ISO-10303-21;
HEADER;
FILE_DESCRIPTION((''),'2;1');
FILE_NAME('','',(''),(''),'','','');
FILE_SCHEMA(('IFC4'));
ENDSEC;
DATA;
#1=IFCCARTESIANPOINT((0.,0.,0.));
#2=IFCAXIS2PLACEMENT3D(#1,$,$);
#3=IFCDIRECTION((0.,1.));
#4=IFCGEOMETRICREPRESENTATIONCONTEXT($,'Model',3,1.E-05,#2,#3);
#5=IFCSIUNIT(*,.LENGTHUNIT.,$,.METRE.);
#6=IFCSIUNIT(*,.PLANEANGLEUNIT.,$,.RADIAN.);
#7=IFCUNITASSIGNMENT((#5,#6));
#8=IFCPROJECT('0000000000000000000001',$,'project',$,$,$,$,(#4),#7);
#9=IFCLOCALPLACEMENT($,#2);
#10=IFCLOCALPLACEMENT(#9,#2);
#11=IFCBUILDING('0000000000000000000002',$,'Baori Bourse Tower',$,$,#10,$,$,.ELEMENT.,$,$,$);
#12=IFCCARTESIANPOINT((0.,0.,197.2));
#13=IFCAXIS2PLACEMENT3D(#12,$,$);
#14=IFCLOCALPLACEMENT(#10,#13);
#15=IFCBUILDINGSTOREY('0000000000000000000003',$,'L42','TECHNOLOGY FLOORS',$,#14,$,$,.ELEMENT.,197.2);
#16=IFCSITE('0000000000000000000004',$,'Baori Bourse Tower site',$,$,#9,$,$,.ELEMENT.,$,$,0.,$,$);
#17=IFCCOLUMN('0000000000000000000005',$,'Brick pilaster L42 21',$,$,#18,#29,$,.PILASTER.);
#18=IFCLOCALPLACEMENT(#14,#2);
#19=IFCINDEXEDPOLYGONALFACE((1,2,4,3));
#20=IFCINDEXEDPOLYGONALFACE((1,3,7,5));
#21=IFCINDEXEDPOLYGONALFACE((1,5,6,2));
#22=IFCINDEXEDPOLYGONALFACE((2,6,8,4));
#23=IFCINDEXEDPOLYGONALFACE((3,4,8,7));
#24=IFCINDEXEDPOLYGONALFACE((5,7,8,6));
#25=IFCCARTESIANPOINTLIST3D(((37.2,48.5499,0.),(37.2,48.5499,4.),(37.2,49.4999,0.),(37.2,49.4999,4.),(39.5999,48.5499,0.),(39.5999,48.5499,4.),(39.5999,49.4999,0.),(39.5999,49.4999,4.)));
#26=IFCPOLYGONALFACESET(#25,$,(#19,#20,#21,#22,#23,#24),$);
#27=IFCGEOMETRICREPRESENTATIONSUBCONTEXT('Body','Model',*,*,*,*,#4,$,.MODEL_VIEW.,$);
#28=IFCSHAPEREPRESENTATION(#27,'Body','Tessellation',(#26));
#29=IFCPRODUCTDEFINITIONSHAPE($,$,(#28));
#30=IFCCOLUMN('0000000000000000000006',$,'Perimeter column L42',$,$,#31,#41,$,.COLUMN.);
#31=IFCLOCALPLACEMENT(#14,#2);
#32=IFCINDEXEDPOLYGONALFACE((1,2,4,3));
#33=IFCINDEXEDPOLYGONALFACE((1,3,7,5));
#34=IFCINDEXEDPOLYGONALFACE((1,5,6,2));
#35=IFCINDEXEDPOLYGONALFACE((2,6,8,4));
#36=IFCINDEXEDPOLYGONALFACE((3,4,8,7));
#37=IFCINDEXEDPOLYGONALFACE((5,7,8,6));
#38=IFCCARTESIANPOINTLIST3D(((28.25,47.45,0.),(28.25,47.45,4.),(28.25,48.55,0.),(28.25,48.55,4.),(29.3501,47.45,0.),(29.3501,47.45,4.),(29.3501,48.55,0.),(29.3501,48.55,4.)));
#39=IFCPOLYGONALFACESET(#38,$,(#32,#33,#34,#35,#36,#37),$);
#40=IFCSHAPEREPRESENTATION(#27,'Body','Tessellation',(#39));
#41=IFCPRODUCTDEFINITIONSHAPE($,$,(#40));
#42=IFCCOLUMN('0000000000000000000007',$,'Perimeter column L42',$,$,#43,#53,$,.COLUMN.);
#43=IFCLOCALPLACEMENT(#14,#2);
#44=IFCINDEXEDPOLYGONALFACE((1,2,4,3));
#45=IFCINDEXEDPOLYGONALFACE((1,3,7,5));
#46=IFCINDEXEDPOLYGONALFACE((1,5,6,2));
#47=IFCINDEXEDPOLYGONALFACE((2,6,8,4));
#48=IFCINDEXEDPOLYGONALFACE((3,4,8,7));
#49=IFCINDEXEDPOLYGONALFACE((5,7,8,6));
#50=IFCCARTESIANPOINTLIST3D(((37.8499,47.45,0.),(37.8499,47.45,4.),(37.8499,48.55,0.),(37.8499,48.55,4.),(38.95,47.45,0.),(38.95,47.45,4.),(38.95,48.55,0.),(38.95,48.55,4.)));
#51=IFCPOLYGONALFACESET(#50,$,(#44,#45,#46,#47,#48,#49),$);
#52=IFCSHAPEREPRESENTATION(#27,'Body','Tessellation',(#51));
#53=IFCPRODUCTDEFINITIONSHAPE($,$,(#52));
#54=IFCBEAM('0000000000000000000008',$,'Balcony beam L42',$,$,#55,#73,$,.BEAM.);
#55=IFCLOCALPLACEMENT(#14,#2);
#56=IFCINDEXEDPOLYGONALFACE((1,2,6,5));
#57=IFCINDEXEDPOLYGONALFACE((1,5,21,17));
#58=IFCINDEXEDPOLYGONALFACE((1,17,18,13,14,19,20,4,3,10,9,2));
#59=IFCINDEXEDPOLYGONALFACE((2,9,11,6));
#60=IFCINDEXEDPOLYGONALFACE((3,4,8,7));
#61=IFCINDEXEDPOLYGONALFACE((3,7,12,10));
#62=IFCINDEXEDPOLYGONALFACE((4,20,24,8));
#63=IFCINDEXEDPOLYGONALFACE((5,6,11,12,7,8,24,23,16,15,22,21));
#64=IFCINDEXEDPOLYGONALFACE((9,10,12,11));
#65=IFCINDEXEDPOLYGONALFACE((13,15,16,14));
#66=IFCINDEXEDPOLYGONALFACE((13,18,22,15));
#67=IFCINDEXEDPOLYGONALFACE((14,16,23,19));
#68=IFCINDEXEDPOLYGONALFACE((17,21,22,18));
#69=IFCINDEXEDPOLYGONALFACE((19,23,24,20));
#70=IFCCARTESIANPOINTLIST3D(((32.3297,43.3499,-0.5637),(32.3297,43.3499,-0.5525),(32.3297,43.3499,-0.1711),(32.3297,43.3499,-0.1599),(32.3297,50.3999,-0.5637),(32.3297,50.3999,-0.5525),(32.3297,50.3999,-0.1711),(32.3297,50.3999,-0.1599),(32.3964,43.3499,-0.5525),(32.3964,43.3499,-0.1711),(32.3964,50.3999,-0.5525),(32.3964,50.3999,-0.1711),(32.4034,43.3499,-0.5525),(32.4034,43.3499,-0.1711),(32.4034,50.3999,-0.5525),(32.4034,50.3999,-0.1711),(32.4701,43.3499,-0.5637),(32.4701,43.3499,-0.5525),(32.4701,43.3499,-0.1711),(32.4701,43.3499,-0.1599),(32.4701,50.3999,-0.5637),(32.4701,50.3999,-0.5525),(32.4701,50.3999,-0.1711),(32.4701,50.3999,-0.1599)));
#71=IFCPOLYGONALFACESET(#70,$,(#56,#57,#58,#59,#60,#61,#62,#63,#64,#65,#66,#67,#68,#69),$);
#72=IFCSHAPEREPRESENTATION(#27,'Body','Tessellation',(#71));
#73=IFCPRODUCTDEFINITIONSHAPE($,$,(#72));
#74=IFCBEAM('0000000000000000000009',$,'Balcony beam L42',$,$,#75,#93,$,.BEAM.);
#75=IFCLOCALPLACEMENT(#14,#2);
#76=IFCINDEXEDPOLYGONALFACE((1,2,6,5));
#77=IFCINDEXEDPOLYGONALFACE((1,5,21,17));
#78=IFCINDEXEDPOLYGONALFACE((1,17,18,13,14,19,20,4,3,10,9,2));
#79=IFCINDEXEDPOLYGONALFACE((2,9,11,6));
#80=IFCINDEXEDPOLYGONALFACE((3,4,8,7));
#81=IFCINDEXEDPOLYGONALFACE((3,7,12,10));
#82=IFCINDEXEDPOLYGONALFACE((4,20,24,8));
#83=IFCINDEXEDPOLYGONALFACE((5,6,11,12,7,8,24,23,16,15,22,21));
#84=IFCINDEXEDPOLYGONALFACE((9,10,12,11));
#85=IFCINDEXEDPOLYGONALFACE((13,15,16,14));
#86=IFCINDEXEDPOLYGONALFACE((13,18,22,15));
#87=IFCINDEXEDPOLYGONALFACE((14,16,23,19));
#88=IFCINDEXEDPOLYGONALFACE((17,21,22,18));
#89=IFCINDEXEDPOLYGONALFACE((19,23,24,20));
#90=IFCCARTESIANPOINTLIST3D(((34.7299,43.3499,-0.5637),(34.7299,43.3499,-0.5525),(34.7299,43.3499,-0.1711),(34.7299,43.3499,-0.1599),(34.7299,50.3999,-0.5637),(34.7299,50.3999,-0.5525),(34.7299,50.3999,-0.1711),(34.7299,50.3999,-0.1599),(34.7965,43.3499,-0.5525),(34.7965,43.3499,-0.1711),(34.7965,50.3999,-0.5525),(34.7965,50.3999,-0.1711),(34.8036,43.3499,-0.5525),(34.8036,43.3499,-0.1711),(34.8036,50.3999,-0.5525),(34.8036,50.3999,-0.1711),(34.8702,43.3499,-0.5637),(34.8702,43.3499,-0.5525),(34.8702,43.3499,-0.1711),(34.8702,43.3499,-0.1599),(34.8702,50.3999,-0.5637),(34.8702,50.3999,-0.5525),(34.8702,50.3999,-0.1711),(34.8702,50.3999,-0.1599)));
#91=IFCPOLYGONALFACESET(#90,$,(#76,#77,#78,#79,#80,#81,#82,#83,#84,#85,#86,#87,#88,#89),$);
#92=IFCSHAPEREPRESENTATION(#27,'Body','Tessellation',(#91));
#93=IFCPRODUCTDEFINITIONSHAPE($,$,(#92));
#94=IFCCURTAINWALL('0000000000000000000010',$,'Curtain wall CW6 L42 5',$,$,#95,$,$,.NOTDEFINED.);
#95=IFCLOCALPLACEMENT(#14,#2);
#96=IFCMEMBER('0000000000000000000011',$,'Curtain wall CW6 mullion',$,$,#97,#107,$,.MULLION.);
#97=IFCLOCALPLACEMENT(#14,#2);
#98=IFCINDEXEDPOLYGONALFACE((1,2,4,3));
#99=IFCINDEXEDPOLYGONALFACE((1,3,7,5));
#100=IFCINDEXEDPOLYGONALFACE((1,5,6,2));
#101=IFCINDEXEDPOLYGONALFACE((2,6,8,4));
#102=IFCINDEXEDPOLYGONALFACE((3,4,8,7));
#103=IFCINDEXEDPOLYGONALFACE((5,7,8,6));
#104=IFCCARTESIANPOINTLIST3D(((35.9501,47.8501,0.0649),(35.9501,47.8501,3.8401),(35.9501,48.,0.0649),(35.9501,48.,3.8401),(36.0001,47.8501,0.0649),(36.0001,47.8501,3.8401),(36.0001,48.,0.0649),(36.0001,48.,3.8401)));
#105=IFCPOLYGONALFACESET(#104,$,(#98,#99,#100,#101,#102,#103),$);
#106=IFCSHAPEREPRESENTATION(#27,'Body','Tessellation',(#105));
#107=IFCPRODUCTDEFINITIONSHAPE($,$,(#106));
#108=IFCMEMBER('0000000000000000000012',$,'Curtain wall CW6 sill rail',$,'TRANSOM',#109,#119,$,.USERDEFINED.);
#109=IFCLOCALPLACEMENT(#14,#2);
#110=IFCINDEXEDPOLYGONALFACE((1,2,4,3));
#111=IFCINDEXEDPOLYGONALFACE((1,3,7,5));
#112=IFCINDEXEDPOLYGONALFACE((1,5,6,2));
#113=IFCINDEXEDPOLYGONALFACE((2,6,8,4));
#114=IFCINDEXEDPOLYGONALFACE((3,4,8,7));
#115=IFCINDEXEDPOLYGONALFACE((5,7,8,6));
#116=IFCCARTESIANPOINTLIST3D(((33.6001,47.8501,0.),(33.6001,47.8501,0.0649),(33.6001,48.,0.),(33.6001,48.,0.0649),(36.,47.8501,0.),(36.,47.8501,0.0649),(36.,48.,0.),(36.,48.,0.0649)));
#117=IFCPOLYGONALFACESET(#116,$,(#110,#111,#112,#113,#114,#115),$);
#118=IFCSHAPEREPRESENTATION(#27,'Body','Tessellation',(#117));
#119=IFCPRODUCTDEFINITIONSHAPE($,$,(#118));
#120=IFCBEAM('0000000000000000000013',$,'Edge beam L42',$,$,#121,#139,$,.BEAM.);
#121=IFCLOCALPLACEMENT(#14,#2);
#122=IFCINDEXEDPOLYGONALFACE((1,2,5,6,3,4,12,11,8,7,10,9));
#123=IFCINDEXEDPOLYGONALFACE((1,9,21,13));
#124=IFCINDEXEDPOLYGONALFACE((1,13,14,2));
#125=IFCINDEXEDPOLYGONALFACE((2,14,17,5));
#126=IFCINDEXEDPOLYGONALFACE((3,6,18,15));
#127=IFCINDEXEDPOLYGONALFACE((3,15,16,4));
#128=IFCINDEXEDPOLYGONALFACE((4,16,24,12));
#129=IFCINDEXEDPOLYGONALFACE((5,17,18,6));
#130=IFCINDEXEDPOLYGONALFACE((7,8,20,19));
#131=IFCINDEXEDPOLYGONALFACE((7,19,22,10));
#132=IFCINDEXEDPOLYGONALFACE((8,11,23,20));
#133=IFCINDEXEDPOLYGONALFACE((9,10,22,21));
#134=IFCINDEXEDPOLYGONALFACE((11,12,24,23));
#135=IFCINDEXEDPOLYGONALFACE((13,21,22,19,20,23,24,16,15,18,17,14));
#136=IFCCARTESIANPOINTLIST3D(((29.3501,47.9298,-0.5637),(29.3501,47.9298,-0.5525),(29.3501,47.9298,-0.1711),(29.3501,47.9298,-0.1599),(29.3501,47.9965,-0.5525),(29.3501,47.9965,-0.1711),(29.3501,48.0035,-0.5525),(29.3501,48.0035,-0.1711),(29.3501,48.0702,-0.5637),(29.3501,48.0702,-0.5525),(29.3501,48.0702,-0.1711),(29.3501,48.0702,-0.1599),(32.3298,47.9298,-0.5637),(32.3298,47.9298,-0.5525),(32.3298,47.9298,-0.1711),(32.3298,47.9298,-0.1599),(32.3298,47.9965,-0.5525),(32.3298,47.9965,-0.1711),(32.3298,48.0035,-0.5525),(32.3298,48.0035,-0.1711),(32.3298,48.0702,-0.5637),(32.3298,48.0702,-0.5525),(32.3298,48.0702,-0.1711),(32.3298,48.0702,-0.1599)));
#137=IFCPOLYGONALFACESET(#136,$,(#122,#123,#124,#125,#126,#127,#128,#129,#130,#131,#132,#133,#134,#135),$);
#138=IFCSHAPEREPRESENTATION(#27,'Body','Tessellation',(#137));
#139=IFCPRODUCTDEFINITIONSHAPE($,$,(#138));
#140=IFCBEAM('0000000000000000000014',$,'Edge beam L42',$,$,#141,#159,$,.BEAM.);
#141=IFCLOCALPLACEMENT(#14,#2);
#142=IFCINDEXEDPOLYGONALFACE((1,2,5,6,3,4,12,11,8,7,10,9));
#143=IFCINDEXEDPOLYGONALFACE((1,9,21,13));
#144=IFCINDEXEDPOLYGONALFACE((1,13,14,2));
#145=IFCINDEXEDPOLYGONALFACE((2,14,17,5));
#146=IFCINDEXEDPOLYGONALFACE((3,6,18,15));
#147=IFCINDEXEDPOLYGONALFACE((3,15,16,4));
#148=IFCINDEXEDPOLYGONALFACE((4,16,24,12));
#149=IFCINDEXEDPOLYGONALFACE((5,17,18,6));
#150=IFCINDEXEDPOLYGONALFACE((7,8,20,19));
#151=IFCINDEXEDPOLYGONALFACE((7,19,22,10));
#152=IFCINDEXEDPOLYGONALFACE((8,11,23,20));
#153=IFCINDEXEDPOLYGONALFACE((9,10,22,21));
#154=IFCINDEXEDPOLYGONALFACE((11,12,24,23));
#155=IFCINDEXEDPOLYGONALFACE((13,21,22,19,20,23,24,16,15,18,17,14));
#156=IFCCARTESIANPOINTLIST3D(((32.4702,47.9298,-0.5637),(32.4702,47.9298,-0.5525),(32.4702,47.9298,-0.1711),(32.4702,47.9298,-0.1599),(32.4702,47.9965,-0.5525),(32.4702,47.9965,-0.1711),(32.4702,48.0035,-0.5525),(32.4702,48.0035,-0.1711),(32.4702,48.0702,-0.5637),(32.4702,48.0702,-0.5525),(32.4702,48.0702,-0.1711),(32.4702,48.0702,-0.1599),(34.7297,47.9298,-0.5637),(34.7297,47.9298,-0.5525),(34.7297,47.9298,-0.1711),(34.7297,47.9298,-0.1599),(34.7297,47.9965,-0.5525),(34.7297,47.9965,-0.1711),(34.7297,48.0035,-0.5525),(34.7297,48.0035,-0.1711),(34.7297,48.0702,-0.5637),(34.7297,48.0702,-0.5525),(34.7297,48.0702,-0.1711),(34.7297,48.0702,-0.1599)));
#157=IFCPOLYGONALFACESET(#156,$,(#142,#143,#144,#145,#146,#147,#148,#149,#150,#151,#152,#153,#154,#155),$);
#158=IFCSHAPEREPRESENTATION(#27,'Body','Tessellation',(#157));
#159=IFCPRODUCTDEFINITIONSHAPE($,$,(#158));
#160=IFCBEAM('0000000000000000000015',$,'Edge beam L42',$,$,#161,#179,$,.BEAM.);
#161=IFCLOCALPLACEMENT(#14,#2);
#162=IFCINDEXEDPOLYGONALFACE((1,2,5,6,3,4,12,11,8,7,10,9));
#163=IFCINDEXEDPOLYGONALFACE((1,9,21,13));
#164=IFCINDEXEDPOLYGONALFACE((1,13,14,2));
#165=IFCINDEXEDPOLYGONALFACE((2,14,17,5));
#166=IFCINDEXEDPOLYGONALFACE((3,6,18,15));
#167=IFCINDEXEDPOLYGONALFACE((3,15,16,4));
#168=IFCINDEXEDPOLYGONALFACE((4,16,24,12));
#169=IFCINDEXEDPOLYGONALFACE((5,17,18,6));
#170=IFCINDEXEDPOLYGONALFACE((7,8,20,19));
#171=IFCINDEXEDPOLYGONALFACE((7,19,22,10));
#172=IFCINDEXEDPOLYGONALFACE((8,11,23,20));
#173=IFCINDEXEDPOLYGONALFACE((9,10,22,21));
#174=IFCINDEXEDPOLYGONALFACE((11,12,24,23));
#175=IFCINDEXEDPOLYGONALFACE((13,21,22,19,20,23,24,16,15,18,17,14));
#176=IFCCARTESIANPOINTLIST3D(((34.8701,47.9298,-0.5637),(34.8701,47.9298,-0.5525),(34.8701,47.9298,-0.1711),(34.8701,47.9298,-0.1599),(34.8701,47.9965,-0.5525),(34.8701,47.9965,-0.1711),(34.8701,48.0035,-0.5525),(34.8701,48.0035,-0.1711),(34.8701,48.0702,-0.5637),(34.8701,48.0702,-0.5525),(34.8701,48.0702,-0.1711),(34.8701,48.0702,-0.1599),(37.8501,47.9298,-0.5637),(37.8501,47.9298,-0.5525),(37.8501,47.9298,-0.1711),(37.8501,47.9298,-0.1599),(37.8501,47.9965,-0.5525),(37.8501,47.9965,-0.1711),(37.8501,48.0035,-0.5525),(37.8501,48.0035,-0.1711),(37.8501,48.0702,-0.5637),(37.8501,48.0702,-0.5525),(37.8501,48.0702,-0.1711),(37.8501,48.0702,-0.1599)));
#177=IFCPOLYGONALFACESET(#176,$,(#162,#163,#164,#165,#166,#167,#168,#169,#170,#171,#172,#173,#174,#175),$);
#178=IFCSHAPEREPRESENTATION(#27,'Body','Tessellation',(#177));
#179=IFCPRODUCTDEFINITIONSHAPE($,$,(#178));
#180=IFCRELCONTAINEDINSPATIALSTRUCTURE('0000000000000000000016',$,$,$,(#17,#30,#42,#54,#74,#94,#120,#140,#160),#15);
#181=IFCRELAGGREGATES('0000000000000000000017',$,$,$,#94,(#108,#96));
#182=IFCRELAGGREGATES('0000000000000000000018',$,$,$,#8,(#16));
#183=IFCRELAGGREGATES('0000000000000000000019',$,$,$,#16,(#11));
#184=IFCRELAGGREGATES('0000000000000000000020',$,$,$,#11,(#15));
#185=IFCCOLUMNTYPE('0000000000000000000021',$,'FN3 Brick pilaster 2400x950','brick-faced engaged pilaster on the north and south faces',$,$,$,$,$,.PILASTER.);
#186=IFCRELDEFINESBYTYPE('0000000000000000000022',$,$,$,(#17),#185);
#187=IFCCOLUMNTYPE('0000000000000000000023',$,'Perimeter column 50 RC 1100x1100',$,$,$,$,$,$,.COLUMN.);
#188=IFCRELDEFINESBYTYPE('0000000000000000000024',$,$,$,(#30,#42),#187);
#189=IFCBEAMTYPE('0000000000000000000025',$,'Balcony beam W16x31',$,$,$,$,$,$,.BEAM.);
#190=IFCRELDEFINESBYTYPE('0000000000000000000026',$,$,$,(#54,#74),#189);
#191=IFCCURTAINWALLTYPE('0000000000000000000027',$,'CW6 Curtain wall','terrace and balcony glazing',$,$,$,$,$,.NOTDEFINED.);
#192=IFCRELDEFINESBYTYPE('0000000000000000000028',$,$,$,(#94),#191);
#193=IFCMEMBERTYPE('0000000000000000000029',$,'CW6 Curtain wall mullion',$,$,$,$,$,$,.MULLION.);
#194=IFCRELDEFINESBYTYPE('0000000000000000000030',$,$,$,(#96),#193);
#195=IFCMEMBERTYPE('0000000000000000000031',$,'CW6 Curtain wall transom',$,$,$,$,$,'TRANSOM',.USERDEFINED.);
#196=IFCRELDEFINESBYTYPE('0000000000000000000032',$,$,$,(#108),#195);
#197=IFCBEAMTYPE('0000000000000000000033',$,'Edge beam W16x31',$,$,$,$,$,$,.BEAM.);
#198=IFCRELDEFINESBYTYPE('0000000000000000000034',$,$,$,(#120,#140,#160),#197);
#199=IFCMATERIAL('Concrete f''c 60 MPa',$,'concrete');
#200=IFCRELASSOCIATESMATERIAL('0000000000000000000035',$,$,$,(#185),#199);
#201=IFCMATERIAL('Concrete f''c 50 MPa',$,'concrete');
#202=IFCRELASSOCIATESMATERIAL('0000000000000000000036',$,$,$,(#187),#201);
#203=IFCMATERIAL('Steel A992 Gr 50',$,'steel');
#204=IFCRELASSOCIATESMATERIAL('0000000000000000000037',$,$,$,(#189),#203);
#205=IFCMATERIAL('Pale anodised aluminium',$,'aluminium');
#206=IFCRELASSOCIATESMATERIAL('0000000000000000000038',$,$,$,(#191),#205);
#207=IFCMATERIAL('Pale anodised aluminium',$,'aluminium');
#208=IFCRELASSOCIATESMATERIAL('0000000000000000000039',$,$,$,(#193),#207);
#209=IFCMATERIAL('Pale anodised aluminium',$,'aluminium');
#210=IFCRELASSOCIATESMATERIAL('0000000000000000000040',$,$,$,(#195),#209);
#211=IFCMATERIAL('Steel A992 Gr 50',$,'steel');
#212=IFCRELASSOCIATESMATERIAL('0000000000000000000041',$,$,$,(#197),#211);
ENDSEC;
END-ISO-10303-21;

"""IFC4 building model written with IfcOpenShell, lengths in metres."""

from ifc_helpers import new_model, si_unit, direction, frame, origin, origin_2d, place, context, subcontext, project, spatial, rectangle, i_section, extrude, material, material_profile, profile_set, type_object, element, aggregate, save


model = new_model("IFC4")

# Units and contexts
model_context = context("Model", 3, precision=1e-05, world=origin(), true_north=direction((0.0, 1.0)))
body_context = subcontext(model_context, "Body", "Model", "MODEL_VIEW")
ifc_project = project(units=[si_unit("LENGTHUNIT", "METRE"), si_unit("PLANEANGLEUNIT", "RADIAN")], contexts=[model_context])

# Site, building, storey
site_placement = place(None, origin())
site = spatial("IfcSite", under=ifc_project, at=site_placement, Name="Baori Bourse Tower site", CompositionType="ELEMENT", RefElevation=0.0)
building_placement = place(site_placement, origin())
building = spatial("IfcBuilding", under=site, at=building_placement, Name="Baori Bourse Tower", CompositionType="ELEMENT")
storey_placement = place(building_placement, frame((0.0, 0.0, 197.2)))
storey = spatial("IfcBuildingStorey", under=building, at=storey_placement, Name="L42", Description="TECHNOLOGY FLOORS", CompositionType="ELEMENT", Elevation=197.2)

# Columns
ifc_material_1 = material(Name="Concrete f'c 60 MPa", Category="concrete")
ifc_material_profile_1 = material_profile(ifc_material_1, rectangle(XDim=2.3999, YDim=0.95, at=origin_2d()), Name="RC 2400x950")
ifc_profile_set_1 = profile_set([ifc_material_profile_1], Name="Concrete f'c 60 MPa")
column_type_1 = type_object("IfcColumnType", Name="FN3 Brick pilaster 2400x950", Description="brick-faced engaged pilaster on the north and south faces", PredefinedType="PILASTER", material=ifc_profile_set_1)
column_placement = place(storey_placement, frame((38.3999, 49.0249, 0.0), z_axis=(0.0, 0.0, 1.0), x_axis=(1.0, 0.0, 0.0)))
element("IfcColumn", 1, at=column_placement, inside=storey, type_object=column_type_1, Name="Brick pilaster L42 21", PredefinedType="PILASTER", context=body_context, shape_type="SweptSolid", body=[
    extrude(rectangle(XDim=2.3999, YDim=0.95, at=origin_2d()), origin(), (0.0, 0.0, 1.0), 4.0),
])
ifc_material_2 = material(Name="Concrete f'c 50 MPa", Category="concrete")
ifc_material_profile_2 = material_profile(ifc_material_2, rectangle(XDim=1.1001, YDim=1.1001, at=origin_2d()), Name="RC 1100x1100")
ifc_profile_set_2 = profile_set([ifc_material_profile_2], Name="Concrete f'c 50 MPa")
column_type_2 = type_object("IfcColumnType", Name="Perimeter column 50 RC 1100x1100", PredefinedType="COLUMN", material=ifc_profile_set_2)
for number, where, z_axis, x_axis, name in (
    (2, (28.8, 48.0, 0.0), (0.0, 0.0, 1.0), (1.0, 0.0, 0.0), "Perimeter column L42"),
    (3, (38.3999, 48.0, 0.0), (0.0, 0.0, 1.0), (1.0, 0.0, 0.0), "Perimeter column L42"),
):
    element("IfcColumn", number, at=place(storey_placement, frame(where, z_axis=z_axis, x_axis=x_axis)), inside=storey, type_object=column_type_2, Name=name, PredefinedType="COLUMN", context=body_context, shape_type="SweptSolid", body=[
        extrude(rectangle(XDim=1.1001, YDim=1.1001, at=origin_2d()), origin(), (0.0, 0.0, 1.0), 4.0),
    ])

# Beams
ifc_material_3 = material(Name="Steel A992 Gr 50", Category="steel")
ifc_material_profile_3 = material_profile(ifc_material_3, i_section(OverallWidth=0.1404, OverallDepth=0.4038, WebThickness=0.0071, FlangeThickness=0.0112, at=origin_2d()), Name="W16x31")
ifc_profile_set_3 = profile_set([ifc_material_profile_3], Name="Steel A992 Gr 50")
beam_type_1 = type_object("IfcBeamType", Name="Balcony beam W16x31", PredefinedType="BEAM", material=ifc_profile_set_3)
for number, where, z_axis, x_axis, name in (
    (4, (32.3999, 50.3999, -0.3618), (0.0, -1.0, 0.0), (1.0, 0.0, 0.0), "Balcony beam L42"),
    (5, (34.8, 50.3999, -0.3618), (0.0, -1.0, 0.0), (1.0, 0.0, 0.0), "Balcony beam L42"),
):
    element("IfcBeam", number, at=place(storey_placement, frame(where, z_axis=z_axis, x_axis=x_axis)), inside=storey, type_object=beam_type_1, Name=name, PredefinedType="BEAM", context=body_context, shape_type="SweptSolid", body=[
        extrude(i_section(OverallWidth=0.1404, OverallDepth=0.4038, WebThickness=0.0071, FlangeThickness=0.0112, at=origin_2d()), origin(), (0.0, 0.0, 1.0), 7.05),
    ])

# Curtain wall, members
ifc_material_4 = material(Name="Pale anodised aluminium", Category="aluminium")
curtain_wall_type = type_object("IfcCurtainWallType", Name="CW6 Curtain wall", Description="terrace and balcony glazing", PredefinedType="NOTDEFINED", material=ifc_material_4)
curtain_wall_placement = place(storey_placement, origin())
curtain_wall = element("IfcCurtainWall", 6, at=curtain_wall_placement, inside=storey, type_object=curtain_wall_type, Name="Curtain wall CW6 L42 5", PredefinedType="NOTDEFINED")
ifc_material_5 = material(Name="Pale anodised aluminium", Category="aluminium")
ifc_material_profile_4 = material_profile(ifc_material_5, rectangle(XDim=0.1499, YDim=0.05, at=origin_2d()), Name="Mullion 50x150")
ifc_profile_set_4 = profile_set([ifc_material_profile_4], Name="Pale anodised aluminium")
member_type_1 = type_object("IfcMemberType", Name="CW6 Curtain wall mullion", PredefinedType="MULLION", material=ifc_profile_set_4)
member_1_placement = place(storey_placement, frame((35.9751, 47.925, 0.0649), z_axis=(0.0, 0.0, 1.0), x_axis=(0.0, -1.0, 0.0)))
member_1 = element("IfcMember", 7, at=member_1_placement, type_object=member_type_1, Name="Curtain wall CW6 mullion", PredefinedType="MULLION", context=body_context, shape_type="SweptSolid", body=[
    extrude(rectangle(XDim=0.1499, YDim=0.05, at=origin_2d()), origin(), (0.0, 0.0, 1.0), 3.7751),
])
ifc_material_6 = material(Name="Pale anodised aluminium", Category="aluminium")
ifc_material_profile_5 = material_profile(ifc_material_6, rectangle(XDim=0.1499, YDim=0.0649, at=origin_2d()), Name="Transom 65x150")
ifc_profile_set_5 = profile_set([ifc_material_profile_5], Name="Pale anodised aluminium")
member_type_2 = type_object("IfcMemberType", Name="CW6 Curtain wall transom", ElementType="TRANSOM", PredefinedType="USERDEFINED", material=ifc_profile_set_5)
member_2_placement = place(storey_placement, frame((36.0, 47.925, 0.0325), z_axis=(-1.0, 0.0, 0.0), x_axis=(0.0, -1.0, 0.0)))
member_2 = element("IfcMember", 8, at=member_2_placement, type_object=member_type_2, Name="Curtain wall CW6 sill rail", ObjectType="TRANSOM", PredefinedType="USERDEFINED", context=body_context, shape_type="SweptSolid", body=[
    extrude(rectangle(XDim=0.1499, YDim=0.0649, at=origin_2d()), origin(), (0.0, 0.0, 1.0), 2.3999),
])

# Beams
ifc_material_7 = material(Name="Steel A992 Gr 50", Category="steel")
ifc_material_profile_6 = material_profile(ifc_material_7, i_section(OverallWidth=0.1404, OverallDepth=0.4038, WebThickness=0.0071, FlangeThickness=0.0112, at=origin_2d()), Name="W16x31")
ifc_profile_set_6 = profile_set([ifc_material_profile_6], Name="Steel A992 Gr 50")
beam_type_2 = type_object("IfcBeamType", Name="Edge beam W16x31", PredefinedType="BEAM", material=ifc_profile_set_6)
beam_1_placement = place(storey_placement, frame((29.3501, 48.0, -0.3618), z_axis=(1.0, 0.0, 0.0), x_axis=(0.0, 1.0, 0.0)))
element("IfcBeam", 9, at=beam_1_placement, inside=storey, type_object=beam_type_2, Name="Edge beam L42", PredefinedType="BEAM", context=body_context, shape_type="SweptSolid", body=[
    extrude(i_section(OverallWidth=0.1404, OverallDepth=0.4038, WebThickness=0.0071, FlangeThickness=0.0112, at=origin_2d()), origin(), (0.0, 0.0, 1.0), 2.9797),
])
beam_2_placement = place(storey_placement, frame((32.4702, 48.0, -0.3618), z_axis=(1.0, 0.0, 0.0), x_axis=(0.0, 1.0, 0.0)))
element("IfcBeam", 10, at=beam_2_placement, inside=storey, type_object=beam_type_2, Name="Edge beam L42", PredefinedType="BEAM", context=body_context, shape_type="SweptSolid", body=[
    extrude(i_section(OverallWidth=0.1404, OverallDepth=0.4038, WebThickness=0.0071, FlangeThickness=0.0112, at=origin_2d()), origin(), (0.0, 0.0, 1.0), 2.2595),
])
beam_3_placement = place(storey_placement, frame((34.8701, 48.0, -0.3618), z_axis=(1.0, 0.0, 0.0), x_axis=(0.0, 1.0, 0.0)))
element("IfcBeam", 11, at=beam_3_placement, inside=storey, type_object=beam_type_2, Name="Edge beam L42", PredefinedType="BEAM", context=body_context, shape_type="SweptSolid", body=[
    extrude(i_section(OverallWidth=0.1404, OverallDepth=0.4038, WebThickness=0.0071, FlangeThickness=0.0112, at=origin_2d()), origin(), (0.0, 0.0, 1.0), 2.98),
])

aggregate(curtain_wall, [member_2, member_1])

save(model, "model.ifc")
